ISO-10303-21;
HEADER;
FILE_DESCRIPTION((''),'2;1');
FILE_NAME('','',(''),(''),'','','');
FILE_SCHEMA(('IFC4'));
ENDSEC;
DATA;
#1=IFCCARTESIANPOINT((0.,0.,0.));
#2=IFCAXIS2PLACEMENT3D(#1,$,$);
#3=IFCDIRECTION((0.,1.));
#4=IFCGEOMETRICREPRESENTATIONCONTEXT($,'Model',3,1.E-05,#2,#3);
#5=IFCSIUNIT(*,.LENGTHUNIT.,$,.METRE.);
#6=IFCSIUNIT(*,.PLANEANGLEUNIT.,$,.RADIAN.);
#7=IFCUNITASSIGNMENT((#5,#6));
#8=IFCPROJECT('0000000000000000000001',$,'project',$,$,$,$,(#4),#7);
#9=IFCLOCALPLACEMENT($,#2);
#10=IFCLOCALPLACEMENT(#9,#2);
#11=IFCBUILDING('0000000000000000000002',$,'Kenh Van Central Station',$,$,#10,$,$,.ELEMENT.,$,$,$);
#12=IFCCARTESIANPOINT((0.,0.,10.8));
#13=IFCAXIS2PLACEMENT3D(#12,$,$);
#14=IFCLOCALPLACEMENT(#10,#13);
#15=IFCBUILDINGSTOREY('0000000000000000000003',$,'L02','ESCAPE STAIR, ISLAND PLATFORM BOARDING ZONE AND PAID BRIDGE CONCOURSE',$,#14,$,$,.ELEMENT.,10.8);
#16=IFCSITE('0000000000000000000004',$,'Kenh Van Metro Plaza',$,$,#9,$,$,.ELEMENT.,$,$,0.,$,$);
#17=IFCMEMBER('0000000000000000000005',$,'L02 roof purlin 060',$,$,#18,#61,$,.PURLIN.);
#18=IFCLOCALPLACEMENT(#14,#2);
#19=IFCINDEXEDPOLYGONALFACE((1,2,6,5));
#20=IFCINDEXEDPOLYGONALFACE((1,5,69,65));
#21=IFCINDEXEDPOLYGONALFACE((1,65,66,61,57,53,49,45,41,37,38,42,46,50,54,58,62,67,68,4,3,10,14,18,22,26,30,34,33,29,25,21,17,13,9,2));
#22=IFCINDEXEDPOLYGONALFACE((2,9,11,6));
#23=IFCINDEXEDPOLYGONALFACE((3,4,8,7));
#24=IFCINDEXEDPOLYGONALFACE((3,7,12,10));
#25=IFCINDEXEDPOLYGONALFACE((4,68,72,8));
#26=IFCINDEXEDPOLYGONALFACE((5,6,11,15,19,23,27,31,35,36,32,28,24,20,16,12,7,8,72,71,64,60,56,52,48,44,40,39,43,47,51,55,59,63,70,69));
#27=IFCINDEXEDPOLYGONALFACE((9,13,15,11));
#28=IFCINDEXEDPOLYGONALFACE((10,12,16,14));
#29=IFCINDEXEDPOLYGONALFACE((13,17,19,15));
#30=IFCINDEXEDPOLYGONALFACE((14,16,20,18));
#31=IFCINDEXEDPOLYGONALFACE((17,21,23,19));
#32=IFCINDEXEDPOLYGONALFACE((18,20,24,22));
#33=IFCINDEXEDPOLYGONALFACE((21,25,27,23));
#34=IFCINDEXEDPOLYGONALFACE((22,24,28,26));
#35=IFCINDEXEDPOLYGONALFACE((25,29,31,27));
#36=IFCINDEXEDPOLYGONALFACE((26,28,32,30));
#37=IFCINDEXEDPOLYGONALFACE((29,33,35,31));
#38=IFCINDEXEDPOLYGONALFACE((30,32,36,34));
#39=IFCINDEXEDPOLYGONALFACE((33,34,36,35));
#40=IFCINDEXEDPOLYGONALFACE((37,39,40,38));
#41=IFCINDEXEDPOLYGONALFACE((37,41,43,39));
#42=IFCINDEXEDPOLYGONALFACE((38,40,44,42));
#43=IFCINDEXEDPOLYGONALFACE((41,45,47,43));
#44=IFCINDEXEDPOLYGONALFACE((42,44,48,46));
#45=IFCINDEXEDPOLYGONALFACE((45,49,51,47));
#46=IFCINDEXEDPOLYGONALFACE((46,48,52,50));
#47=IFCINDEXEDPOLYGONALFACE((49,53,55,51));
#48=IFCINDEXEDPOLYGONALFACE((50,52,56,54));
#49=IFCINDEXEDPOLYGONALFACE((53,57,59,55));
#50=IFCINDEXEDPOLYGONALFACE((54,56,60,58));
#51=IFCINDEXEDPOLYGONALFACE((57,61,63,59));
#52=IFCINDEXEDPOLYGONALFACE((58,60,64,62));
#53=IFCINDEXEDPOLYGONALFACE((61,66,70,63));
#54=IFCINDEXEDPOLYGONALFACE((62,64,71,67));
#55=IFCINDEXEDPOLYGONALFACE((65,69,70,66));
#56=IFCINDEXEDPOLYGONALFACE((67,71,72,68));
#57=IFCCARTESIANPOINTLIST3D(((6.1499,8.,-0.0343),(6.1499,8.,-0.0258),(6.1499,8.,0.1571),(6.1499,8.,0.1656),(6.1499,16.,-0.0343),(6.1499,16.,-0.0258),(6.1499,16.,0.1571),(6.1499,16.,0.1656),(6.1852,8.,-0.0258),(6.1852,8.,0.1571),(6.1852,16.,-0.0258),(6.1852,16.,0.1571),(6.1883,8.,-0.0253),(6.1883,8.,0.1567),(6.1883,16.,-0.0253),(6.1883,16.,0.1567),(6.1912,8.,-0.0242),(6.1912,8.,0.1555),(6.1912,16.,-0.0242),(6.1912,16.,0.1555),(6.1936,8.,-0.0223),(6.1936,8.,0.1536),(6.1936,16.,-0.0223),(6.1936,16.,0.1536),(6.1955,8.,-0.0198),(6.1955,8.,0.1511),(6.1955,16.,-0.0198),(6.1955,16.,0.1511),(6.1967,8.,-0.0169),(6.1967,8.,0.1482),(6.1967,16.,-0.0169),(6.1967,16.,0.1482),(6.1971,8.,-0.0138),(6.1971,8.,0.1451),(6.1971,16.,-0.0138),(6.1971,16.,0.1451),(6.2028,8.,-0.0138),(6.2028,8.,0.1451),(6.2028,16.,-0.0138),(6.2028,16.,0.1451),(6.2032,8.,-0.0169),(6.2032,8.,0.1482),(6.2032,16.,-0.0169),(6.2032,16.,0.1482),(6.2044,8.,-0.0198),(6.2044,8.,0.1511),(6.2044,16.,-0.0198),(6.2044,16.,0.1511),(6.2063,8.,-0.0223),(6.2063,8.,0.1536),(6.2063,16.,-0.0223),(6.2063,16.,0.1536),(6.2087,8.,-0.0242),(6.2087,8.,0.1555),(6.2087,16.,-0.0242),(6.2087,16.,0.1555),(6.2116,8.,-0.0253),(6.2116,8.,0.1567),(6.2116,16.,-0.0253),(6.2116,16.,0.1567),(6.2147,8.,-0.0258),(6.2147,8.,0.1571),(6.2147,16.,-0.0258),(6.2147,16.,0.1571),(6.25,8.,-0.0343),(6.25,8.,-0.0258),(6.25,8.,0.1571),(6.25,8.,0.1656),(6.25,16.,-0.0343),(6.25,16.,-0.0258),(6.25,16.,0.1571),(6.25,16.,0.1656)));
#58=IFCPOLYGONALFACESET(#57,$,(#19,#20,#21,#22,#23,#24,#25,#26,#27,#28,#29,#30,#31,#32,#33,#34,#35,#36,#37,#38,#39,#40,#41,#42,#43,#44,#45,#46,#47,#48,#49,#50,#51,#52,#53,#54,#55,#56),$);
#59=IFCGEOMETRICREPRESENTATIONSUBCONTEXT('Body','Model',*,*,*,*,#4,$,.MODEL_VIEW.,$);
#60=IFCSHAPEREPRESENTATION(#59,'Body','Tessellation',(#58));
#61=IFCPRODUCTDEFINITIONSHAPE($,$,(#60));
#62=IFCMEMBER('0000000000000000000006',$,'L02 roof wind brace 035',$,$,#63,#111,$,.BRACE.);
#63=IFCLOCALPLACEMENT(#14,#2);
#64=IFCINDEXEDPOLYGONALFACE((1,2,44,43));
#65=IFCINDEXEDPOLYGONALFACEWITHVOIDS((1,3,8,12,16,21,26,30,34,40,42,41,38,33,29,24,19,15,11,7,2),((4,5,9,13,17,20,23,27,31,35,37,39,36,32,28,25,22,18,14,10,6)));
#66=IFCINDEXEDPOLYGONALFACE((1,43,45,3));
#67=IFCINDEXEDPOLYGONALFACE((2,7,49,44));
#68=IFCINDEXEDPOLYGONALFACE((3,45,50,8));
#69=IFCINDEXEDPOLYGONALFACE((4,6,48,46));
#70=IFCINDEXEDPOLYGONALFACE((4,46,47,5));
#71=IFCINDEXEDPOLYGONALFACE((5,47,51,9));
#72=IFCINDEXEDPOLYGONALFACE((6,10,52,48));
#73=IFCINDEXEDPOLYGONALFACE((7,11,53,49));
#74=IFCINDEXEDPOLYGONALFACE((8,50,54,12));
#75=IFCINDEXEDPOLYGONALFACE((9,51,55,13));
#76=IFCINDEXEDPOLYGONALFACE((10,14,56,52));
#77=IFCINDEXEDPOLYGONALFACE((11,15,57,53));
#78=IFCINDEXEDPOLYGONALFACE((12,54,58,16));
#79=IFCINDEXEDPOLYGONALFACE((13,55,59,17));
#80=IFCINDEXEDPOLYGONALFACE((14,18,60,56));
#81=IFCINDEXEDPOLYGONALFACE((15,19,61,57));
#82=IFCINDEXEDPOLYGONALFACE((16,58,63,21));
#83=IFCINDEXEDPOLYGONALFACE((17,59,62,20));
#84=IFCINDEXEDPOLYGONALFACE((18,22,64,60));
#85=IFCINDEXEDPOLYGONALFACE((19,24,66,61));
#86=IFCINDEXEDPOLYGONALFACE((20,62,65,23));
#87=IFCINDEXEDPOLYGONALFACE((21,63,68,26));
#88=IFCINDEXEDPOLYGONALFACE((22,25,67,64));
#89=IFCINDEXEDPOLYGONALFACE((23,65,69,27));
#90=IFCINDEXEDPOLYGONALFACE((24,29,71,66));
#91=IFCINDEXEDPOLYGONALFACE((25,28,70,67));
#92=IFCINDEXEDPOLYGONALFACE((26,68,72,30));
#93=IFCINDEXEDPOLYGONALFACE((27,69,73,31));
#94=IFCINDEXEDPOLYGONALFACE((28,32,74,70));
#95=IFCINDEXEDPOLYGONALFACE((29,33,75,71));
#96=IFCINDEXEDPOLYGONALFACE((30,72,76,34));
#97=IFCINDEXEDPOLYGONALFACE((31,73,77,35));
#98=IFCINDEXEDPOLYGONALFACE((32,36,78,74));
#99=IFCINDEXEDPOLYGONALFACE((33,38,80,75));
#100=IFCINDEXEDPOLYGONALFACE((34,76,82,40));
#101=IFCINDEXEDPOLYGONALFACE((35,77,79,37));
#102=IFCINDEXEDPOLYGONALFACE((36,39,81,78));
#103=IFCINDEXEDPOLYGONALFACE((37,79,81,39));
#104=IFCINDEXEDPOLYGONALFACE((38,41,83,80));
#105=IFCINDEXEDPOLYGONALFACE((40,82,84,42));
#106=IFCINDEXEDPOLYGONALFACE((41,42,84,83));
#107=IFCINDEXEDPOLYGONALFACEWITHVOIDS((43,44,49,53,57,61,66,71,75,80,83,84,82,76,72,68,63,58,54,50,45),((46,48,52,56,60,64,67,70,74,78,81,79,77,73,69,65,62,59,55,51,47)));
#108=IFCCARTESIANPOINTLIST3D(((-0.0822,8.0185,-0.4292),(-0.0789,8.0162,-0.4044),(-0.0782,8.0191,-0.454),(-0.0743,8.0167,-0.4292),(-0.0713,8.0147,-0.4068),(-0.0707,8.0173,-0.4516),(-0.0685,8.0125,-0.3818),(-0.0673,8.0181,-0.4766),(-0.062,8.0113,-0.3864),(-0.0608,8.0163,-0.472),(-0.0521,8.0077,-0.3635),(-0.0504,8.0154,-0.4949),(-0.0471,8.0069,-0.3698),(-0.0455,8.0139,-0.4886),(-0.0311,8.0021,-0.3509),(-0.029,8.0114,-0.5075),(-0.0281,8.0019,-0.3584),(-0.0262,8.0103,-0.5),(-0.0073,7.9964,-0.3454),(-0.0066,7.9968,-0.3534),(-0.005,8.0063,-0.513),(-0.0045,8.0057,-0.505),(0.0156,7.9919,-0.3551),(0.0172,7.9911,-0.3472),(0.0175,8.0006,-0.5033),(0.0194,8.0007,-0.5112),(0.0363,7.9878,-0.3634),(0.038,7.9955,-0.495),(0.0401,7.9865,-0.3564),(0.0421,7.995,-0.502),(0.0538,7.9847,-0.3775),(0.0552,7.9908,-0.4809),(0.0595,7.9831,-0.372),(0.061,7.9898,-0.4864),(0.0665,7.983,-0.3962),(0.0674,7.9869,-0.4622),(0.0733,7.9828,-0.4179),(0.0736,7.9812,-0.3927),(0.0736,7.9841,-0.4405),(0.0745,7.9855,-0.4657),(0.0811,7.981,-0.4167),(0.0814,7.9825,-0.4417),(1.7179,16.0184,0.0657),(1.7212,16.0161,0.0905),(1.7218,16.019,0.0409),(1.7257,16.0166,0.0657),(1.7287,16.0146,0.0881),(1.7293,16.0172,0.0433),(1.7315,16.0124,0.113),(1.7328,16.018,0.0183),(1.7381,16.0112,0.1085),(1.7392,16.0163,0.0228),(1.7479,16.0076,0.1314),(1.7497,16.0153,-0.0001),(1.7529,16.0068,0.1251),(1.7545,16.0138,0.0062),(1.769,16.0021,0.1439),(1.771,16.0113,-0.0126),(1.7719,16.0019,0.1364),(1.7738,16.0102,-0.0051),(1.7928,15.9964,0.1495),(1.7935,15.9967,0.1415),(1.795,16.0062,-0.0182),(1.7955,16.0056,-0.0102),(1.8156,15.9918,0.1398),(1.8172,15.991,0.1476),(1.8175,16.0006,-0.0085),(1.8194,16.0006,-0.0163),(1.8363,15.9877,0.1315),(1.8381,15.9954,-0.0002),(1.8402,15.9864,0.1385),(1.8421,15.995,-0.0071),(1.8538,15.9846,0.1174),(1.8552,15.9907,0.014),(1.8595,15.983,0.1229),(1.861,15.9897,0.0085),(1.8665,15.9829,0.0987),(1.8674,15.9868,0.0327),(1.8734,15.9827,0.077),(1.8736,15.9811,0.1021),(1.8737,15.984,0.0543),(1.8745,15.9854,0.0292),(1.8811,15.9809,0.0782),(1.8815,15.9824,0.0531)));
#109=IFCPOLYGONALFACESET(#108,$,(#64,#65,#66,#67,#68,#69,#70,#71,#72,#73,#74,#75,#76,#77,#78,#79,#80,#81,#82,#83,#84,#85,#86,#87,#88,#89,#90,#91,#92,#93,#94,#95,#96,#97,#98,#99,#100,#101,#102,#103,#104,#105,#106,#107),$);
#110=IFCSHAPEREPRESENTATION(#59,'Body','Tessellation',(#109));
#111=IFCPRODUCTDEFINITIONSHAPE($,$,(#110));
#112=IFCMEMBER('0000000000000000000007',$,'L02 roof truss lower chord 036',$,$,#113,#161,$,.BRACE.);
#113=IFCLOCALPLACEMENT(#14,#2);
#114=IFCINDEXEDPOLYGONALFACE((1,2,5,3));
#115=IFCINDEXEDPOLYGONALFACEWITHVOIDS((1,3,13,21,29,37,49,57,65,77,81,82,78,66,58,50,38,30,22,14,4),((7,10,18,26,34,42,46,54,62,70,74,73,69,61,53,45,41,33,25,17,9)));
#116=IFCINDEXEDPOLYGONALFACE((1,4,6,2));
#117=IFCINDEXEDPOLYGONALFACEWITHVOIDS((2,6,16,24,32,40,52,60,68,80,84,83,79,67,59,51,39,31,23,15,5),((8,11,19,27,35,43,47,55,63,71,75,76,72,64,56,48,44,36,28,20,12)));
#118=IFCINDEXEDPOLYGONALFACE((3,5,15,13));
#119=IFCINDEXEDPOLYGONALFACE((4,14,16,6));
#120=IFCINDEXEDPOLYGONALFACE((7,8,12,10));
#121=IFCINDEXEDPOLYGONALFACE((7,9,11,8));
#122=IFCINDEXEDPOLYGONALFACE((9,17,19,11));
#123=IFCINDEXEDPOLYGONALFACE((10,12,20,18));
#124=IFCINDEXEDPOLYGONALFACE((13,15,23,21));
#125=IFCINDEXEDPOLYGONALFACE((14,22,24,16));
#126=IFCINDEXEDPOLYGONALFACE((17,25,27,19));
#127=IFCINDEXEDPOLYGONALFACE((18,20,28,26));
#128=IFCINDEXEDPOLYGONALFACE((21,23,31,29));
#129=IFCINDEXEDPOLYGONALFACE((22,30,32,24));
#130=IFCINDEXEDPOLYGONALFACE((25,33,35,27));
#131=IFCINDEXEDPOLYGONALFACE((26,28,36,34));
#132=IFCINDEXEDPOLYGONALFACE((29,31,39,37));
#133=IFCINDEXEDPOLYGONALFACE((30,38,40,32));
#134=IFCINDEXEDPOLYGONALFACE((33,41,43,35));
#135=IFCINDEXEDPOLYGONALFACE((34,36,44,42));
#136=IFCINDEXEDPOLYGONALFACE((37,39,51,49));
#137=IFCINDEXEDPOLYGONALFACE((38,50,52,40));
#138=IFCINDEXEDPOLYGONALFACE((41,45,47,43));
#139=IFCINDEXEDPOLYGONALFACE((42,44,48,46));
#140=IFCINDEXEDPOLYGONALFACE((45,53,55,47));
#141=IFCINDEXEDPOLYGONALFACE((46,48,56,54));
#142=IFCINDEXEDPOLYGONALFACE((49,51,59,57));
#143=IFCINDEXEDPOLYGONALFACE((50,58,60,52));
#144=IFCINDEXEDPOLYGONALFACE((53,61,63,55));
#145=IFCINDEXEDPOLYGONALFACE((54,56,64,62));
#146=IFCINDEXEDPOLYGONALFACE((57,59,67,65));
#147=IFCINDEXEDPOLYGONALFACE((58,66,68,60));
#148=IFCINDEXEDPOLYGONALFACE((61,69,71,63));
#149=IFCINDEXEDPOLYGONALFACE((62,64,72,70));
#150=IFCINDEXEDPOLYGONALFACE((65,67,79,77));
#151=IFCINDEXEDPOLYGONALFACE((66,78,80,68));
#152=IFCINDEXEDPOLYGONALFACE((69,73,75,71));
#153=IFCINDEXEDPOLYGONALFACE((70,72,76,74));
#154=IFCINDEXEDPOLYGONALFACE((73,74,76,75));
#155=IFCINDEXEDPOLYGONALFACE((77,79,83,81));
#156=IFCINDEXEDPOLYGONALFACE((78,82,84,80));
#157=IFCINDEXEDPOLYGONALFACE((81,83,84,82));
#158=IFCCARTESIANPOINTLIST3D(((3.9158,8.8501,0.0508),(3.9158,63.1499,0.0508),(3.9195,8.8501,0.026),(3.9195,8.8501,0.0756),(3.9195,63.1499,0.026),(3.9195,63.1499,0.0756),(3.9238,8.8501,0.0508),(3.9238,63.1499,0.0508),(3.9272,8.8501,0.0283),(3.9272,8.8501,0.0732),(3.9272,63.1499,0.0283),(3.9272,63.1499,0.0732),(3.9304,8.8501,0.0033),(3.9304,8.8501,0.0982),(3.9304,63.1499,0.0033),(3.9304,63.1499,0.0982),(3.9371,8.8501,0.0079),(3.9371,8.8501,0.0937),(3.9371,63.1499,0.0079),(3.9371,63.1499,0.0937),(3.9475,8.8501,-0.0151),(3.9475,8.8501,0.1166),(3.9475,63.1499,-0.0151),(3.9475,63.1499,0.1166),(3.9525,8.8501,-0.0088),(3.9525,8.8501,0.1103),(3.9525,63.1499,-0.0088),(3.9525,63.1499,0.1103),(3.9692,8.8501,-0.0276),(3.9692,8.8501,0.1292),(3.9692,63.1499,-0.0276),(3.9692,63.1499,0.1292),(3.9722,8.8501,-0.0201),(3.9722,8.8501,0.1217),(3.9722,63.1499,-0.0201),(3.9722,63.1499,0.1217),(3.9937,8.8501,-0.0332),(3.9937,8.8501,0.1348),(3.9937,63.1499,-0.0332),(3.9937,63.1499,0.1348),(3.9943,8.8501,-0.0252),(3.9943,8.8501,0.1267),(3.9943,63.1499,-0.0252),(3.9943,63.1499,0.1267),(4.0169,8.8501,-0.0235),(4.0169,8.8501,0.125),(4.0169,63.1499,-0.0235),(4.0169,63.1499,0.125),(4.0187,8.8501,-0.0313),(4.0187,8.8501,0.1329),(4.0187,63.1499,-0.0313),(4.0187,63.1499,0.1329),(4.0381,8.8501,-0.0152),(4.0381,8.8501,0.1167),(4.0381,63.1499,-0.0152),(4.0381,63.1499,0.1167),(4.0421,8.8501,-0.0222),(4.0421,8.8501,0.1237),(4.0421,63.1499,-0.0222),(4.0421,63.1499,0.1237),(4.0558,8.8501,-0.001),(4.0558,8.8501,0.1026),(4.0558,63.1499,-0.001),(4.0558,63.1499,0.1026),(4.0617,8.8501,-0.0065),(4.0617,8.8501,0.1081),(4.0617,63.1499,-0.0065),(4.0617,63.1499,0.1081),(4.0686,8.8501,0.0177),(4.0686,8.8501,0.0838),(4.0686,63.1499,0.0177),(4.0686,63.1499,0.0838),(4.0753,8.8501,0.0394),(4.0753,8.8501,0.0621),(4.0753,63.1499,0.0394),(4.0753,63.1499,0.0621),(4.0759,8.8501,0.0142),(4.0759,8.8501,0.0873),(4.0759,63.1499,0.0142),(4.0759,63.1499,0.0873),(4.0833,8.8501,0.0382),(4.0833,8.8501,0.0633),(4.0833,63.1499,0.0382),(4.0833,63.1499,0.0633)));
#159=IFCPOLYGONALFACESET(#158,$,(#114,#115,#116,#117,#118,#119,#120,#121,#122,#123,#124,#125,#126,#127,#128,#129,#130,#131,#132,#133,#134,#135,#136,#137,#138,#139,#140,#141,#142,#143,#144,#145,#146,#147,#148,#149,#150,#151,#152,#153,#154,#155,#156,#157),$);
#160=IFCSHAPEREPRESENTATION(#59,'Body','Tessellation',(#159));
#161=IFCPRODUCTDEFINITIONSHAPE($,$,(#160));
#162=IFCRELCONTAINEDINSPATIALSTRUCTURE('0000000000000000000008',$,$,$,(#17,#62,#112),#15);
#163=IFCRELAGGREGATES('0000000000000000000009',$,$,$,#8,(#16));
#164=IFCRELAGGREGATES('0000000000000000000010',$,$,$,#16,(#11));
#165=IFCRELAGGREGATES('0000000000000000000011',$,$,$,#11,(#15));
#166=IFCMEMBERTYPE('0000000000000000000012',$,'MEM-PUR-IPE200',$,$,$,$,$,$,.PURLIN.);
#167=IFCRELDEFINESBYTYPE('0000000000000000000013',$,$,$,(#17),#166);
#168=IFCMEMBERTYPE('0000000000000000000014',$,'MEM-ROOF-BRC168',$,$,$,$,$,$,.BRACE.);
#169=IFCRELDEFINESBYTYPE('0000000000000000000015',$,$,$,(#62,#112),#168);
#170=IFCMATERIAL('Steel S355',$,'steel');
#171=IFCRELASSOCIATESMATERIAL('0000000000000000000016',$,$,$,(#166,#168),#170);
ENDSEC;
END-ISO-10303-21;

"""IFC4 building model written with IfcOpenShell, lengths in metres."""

from ifc_helpers import new_model, si_unit, direction, frame, origin, origin_2d, place, context, subcontext, project, spatial, hollow_circle, i_section, extrude, material, material_profile, profile_set, type_object, element, save


model = new_model("IFC4")

# Units and contexts
model_context = context("Model", 3, precision=1e-05, world=origin(), true_north=direction((0.0, 1.0)))
body_context = subcontext(model_context, "Body", "Model", "MODEL_VIEW")
ifc_project = project(units=[si_unit("LENGTHUNIT", "METRE"), si_unit("PLANEANGLEUNIT", "RADIAN")], contexts=[model_context])

# Site, building, storey
site_placement = place(None, origin())
site = spatial("IfcSite", under=ifc_project, at=site_placement, Name="Kenh Van Metro Plaza", CompositionType="ELEMENT", RefElevation=0.0)
building_placement = place(site_placement, origin())
building = spatial("IfcBuilding", under=site, at=building_placement, Name="Kenh Van Central Station", CompositionType="ELEMENT")
storey_placement = place(building_placement, frame((0.0, 0.0, 10.8)))
storey = spatial("IfcBuildingStorey", under=building, at=storey_placement, Name="L02", Description="ESCAPE STAIR, ISLAND PLATFORM BOARDING ZONE AND PAID BRIDGE CONCOURSE", CompositionType="ELEMENT", Elevation=10.8)

# Shared definitions
ifc_material_1 = material(Name="Steel S355", Category="steel")

# Members
ifc_material_profile_1 = material_profile(ifc_material_1, i_section(OverallWidth=0.1001, OverallDepth=0.2, WebThickness=0.0056, FlangeThickness=0.0085, FilletRadius=0.012, at=origin_2d()), Name="IPE 200")
ifc_profile_set_1 = profile_set([ifc_material_profile_1], Name="Steel S355")
member_type_1 = type_object("IfcMemberType", Name="MEM-PUR-IPE200", PredefinedType="PURLIN", material=ifc_profile_set_1)
for number, where, z_axis, x_axis, name in (
    (1, (6.2, 8.0, 0.0657), (0.0, 1.0, 0.0), (-1.0, 0.0, 0.0), "L02 roof purlin 060"),
):
    element("IfcMember", number, at=place(storey_placement, frame(where, z_axis=z_axis, x_axis=x_axis)), inside=storey, type_object=member_type_1, Name=name, PredefinedType="PURLIN", context=body_context, shape_type="SweptSolid", body=[
        extrude(i_section(OverallWidth=0.1001, OverallDepth=0.2, WebThickness=0.0056, FlangeThickness=0.0085, FilletRadius=0.012, at=origin_2d()), origin(), (0.0, 0.0, 1.0), 8.0),
    ])
ifc_material_profile_2 = material_profile(ifc_material_1, hollow_circle(Radius=0.0842, WallThickness=0.0081, at=origin_2d()), Name="CHS 168.3x8")
ifc_profile_set_2 = profile_set([ifc_material_profile_2], Name="Steel S355")
member_type_2 = type_object("IfcMemberType", Name="MEM-ROOF-BRC168", PredefinedType="BRACE", material=ifc_profile_set_2)
member_1_placement = place(storey_placement, frame((0.0, 8.0, -0.4292), z_axis=(0.219119, 0.973837, 0.060241), x_axis=(-0.975608, 0.219518, 0.0)))
element("IfcMember", 2, at=member_1_placement, inside=storey, type_object=member_type_2, Name="L02 roof wind brace 035", PredefinedType="BRACE", context=body_context, shape_type="SweptSolid", body=[
    extrude(hollow_circle(Radius=0.0842, WallThickness=0.0081, at=origin_2d()), origin(), (0.0, 0.0, 1.0), 8.2148),
])
member_2_placement = place(storey_placement, frame((4.0, 8.8501, 0.0508), z_axis=(0.0, 1.0, 0.0), x_axis=(-1.0, 0.0, 0.0)))
element("IfcMember", 3, at=member_2_placement, inside=storey, type_object=member_type_2, Name="L02 roof truss lower chord 036", PredefinedType="BRACE", context=body_context, shape_type="SweptSolid", body=[
    extrude(hollow_circle(Radius=0.0842, WallThickness=0.0081, at=origin_2d()), origin(), (0.0, 0.0, 1.0), 54.2998),
])

save(model, "model.ifc")
